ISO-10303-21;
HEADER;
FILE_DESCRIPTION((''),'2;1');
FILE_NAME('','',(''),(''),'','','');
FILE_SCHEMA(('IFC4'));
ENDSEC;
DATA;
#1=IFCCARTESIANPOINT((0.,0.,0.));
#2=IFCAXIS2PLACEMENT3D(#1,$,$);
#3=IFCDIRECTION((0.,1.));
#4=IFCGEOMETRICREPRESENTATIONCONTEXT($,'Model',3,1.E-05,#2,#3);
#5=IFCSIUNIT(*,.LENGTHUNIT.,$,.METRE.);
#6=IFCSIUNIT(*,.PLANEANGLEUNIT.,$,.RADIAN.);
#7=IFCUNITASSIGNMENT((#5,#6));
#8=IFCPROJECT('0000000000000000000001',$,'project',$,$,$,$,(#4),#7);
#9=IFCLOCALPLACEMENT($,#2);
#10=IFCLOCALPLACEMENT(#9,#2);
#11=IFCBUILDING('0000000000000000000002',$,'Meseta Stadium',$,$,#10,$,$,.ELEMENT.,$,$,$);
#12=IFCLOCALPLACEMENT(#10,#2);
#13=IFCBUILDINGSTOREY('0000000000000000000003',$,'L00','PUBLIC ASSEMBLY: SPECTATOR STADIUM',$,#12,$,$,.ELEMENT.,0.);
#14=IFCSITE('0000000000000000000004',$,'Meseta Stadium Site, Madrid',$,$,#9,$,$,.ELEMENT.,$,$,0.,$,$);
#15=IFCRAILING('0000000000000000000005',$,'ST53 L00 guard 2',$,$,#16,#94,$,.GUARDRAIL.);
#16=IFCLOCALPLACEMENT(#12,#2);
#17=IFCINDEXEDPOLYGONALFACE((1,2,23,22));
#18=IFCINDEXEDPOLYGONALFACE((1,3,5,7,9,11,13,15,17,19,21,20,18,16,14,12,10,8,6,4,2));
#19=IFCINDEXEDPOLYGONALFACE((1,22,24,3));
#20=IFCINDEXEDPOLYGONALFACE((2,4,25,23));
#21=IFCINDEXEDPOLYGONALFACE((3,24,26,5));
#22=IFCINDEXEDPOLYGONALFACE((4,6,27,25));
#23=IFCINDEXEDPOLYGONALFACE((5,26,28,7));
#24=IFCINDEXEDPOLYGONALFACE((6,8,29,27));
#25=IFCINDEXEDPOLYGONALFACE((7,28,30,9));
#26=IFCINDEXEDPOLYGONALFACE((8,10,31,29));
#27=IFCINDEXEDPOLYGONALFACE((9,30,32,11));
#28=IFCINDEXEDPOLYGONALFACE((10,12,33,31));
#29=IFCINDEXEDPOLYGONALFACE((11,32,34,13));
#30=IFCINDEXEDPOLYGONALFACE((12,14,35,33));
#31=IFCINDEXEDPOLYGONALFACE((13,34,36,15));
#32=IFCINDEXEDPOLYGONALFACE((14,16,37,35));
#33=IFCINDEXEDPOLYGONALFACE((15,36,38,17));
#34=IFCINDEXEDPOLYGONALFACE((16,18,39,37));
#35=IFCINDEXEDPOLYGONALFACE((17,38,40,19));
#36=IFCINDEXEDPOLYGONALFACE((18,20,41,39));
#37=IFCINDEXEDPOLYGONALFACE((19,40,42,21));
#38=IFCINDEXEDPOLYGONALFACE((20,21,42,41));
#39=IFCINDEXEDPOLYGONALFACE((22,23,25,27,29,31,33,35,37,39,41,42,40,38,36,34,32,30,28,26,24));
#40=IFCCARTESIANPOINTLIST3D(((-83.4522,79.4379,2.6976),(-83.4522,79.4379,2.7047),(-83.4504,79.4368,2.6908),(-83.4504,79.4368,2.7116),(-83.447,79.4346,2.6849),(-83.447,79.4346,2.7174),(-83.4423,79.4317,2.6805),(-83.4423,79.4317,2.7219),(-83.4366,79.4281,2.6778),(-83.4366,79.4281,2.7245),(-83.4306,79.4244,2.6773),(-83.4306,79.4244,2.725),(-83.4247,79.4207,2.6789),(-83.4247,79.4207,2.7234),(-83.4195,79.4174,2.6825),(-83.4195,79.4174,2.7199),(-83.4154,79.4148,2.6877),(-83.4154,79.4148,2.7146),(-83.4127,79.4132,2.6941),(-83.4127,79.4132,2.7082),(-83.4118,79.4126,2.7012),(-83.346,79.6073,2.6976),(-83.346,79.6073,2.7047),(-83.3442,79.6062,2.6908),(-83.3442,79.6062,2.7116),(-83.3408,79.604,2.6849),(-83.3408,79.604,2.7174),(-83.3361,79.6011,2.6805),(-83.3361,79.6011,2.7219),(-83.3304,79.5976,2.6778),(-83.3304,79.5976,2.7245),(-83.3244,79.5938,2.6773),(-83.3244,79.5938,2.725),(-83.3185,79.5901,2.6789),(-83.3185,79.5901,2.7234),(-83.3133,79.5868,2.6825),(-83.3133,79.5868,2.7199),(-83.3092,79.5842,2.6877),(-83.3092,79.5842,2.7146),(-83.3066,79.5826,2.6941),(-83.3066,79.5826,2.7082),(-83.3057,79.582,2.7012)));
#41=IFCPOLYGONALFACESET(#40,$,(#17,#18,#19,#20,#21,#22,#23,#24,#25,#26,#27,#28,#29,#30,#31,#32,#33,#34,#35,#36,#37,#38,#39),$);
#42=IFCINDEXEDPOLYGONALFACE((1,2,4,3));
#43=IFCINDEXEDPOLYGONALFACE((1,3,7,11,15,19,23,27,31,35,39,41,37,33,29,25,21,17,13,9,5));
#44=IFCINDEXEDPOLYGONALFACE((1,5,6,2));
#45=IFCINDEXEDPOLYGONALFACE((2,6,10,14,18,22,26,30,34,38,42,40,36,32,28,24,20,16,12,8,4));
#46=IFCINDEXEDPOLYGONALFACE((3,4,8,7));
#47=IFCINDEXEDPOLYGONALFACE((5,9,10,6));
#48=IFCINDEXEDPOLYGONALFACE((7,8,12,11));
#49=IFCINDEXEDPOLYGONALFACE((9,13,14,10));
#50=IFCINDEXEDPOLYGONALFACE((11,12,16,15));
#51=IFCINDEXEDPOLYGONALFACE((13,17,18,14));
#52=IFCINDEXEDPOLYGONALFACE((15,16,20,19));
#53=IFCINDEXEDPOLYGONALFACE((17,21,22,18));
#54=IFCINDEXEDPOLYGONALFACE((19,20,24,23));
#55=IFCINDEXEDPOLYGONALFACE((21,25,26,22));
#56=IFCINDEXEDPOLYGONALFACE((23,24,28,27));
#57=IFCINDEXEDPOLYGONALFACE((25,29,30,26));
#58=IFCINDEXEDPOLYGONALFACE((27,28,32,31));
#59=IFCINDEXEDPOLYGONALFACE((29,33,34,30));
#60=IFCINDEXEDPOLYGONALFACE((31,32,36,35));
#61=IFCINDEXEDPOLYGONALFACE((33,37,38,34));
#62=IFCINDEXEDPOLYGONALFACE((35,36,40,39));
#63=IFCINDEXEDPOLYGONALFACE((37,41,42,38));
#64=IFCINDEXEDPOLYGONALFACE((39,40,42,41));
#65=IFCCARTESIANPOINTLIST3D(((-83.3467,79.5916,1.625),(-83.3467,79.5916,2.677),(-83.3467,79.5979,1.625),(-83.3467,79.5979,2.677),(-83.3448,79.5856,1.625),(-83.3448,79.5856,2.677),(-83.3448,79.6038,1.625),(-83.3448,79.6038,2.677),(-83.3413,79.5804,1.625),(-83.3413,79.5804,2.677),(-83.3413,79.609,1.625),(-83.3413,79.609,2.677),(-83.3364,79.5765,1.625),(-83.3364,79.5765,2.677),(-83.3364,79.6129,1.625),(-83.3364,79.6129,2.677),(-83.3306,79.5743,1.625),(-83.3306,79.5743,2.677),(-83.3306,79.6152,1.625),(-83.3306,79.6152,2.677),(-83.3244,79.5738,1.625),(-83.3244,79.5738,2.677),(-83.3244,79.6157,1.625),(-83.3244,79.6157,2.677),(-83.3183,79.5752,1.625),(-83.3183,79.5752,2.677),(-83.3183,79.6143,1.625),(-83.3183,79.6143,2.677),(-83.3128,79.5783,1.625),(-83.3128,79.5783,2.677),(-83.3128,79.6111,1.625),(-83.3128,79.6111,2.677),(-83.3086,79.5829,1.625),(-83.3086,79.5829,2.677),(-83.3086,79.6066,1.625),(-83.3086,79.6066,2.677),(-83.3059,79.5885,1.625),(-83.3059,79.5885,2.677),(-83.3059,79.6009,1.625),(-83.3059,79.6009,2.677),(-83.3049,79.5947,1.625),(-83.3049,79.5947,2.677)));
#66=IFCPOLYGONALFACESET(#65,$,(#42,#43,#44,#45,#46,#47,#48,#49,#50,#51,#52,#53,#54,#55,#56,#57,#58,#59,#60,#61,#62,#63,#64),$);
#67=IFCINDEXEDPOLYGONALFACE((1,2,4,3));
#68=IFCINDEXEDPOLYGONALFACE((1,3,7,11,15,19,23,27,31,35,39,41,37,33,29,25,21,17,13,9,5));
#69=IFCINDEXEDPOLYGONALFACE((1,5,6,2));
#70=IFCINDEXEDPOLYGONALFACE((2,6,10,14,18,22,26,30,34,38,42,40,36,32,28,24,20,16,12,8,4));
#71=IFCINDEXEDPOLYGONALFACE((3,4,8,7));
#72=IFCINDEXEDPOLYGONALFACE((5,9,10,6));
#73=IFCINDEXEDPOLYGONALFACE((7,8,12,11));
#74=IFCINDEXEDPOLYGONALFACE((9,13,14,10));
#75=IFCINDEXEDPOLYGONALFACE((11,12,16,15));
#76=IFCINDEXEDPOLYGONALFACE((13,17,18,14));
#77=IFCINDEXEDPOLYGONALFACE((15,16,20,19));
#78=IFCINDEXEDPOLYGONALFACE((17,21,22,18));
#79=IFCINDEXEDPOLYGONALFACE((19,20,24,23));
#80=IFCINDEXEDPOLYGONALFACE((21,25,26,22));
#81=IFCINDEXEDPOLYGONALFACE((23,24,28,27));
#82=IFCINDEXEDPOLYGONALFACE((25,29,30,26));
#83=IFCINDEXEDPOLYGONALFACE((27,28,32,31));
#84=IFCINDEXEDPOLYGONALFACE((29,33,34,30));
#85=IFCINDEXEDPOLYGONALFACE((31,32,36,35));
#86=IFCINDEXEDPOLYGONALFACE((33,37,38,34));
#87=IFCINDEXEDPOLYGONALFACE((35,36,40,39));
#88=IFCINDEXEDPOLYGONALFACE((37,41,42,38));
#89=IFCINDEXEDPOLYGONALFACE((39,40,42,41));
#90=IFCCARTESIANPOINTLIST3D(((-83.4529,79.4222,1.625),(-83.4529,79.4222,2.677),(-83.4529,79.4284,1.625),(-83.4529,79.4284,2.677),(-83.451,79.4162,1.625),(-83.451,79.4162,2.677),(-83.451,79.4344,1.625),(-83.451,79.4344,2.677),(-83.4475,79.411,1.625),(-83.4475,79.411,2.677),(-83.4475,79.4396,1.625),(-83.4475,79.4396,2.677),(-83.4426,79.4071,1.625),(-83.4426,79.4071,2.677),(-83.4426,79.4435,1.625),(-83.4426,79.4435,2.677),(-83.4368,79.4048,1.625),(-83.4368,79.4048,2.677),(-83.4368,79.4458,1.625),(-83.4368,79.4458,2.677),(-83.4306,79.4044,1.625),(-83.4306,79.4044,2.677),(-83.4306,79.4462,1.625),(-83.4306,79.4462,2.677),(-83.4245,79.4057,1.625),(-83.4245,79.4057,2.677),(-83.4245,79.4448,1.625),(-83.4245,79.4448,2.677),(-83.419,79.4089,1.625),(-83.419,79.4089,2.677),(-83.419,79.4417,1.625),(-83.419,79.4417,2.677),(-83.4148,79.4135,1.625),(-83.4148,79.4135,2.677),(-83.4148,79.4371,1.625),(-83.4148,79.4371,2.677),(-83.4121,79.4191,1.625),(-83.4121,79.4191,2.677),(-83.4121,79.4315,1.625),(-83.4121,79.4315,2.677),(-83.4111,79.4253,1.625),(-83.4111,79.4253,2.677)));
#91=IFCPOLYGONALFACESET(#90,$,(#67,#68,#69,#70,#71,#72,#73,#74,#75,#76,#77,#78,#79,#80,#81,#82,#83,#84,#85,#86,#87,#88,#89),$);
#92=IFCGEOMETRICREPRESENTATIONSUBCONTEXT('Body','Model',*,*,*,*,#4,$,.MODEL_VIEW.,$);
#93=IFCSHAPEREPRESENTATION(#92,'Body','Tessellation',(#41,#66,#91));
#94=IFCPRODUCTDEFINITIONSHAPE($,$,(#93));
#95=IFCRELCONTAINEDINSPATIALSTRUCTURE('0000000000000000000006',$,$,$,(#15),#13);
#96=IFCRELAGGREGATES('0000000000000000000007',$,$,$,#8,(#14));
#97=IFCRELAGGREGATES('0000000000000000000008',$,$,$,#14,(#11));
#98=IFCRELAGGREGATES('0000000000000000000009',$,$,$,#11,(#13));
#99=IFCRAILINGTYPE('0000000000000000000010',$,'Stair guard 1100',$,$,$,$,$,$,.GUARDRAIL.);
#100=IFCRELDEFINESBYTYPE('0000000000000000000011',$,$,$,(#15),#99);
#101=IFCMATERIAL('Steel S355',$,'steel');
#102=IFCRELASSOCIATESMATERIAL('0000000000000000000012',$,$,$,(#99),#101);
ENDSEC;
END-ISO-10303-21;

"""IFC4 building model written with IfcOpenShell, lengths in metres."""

from ifc_helpers import new_model, si_unit, direction, frame, origin, origin_2d, place, context, subcontext, project, spatial, circle, extrude, material, type_object, element, save


model = new_model("IFC4")

# Units and contexts
model_context = context("Model", 3, precision=1e-05, world=origin(), true_north=direction((0.0, 1.0)))
body_context = subcontext(model_context, "Body", "Model", "MODEL_VIEW")
ifc_project = project(units=[si_unit("LENGTHUNIT", "METRE"), si_unit("PLANEANGLEUNIT", "RADIAN")], contexts=[model_context])

# Site, building, storey
site_placement = place(None, origin())
site = spatial("IfcSite", under=ifc_project, at=site_placement, Name="Meseta Stadium Site, Madrid", CompositionType="ELEMENT", RefElevation=0.0)
building_placement = place(site_placement, origin())
building = spatial("IfcBuilding", under=site, at=building_placement, Name="Meseta Stadium", CompositionType="ELEMENT")
storey_placement = place(building_placement, origin())
storey = spatial("IfcBuildingStorey", under=building, at=storey_placement, Name="L00", Description="PUBLIC ASSEMBLY: SPECTATOR STADIUM", CompositionType="ELEMENT", Elevation=0.0)

# Railing
ifc_material_1 = material(Name="Steel S355", Category="steel")
railing_type_1 = type_object("IfcRailingType", Name="Stair guard 1100", PredefinedType="GUARDRAIL", material=ifc_material_1)
railing_1_placement = place(storey_placement, frame((-83.3259, 79.5947, 1.625)))
element("IfcRailing", 1, at=railing_1_placement, inside=storey, type_object=railing_type_1, Name="ST53 L00 guard 2", PredefinedType="GUARDRAIL", context=body_context, shape_type="SweptSolid", body=[
    extrude(circle(Radius=0.0239, at=origin_2d()), frame((0.0, 0.0, 1.0762), z_axis=(-0.531096, -0.847312, 0.0), x_axis=(0.847312, -0.531096, 0.0)), (0.0, 0.0, 1.0), 0.2),
    extrude(circle(Radius=0.021, at=origin_2d()), origin(), (0.0, 0.0, 1.0), 1.052),
    extrude(circle(Radius=0.021, at=origin_2d()), frame((-0.1062, -0.1694, 0.0)), (0.0, 0.0, 1.0), 1.052),
])

save(model, "model.ifc")
